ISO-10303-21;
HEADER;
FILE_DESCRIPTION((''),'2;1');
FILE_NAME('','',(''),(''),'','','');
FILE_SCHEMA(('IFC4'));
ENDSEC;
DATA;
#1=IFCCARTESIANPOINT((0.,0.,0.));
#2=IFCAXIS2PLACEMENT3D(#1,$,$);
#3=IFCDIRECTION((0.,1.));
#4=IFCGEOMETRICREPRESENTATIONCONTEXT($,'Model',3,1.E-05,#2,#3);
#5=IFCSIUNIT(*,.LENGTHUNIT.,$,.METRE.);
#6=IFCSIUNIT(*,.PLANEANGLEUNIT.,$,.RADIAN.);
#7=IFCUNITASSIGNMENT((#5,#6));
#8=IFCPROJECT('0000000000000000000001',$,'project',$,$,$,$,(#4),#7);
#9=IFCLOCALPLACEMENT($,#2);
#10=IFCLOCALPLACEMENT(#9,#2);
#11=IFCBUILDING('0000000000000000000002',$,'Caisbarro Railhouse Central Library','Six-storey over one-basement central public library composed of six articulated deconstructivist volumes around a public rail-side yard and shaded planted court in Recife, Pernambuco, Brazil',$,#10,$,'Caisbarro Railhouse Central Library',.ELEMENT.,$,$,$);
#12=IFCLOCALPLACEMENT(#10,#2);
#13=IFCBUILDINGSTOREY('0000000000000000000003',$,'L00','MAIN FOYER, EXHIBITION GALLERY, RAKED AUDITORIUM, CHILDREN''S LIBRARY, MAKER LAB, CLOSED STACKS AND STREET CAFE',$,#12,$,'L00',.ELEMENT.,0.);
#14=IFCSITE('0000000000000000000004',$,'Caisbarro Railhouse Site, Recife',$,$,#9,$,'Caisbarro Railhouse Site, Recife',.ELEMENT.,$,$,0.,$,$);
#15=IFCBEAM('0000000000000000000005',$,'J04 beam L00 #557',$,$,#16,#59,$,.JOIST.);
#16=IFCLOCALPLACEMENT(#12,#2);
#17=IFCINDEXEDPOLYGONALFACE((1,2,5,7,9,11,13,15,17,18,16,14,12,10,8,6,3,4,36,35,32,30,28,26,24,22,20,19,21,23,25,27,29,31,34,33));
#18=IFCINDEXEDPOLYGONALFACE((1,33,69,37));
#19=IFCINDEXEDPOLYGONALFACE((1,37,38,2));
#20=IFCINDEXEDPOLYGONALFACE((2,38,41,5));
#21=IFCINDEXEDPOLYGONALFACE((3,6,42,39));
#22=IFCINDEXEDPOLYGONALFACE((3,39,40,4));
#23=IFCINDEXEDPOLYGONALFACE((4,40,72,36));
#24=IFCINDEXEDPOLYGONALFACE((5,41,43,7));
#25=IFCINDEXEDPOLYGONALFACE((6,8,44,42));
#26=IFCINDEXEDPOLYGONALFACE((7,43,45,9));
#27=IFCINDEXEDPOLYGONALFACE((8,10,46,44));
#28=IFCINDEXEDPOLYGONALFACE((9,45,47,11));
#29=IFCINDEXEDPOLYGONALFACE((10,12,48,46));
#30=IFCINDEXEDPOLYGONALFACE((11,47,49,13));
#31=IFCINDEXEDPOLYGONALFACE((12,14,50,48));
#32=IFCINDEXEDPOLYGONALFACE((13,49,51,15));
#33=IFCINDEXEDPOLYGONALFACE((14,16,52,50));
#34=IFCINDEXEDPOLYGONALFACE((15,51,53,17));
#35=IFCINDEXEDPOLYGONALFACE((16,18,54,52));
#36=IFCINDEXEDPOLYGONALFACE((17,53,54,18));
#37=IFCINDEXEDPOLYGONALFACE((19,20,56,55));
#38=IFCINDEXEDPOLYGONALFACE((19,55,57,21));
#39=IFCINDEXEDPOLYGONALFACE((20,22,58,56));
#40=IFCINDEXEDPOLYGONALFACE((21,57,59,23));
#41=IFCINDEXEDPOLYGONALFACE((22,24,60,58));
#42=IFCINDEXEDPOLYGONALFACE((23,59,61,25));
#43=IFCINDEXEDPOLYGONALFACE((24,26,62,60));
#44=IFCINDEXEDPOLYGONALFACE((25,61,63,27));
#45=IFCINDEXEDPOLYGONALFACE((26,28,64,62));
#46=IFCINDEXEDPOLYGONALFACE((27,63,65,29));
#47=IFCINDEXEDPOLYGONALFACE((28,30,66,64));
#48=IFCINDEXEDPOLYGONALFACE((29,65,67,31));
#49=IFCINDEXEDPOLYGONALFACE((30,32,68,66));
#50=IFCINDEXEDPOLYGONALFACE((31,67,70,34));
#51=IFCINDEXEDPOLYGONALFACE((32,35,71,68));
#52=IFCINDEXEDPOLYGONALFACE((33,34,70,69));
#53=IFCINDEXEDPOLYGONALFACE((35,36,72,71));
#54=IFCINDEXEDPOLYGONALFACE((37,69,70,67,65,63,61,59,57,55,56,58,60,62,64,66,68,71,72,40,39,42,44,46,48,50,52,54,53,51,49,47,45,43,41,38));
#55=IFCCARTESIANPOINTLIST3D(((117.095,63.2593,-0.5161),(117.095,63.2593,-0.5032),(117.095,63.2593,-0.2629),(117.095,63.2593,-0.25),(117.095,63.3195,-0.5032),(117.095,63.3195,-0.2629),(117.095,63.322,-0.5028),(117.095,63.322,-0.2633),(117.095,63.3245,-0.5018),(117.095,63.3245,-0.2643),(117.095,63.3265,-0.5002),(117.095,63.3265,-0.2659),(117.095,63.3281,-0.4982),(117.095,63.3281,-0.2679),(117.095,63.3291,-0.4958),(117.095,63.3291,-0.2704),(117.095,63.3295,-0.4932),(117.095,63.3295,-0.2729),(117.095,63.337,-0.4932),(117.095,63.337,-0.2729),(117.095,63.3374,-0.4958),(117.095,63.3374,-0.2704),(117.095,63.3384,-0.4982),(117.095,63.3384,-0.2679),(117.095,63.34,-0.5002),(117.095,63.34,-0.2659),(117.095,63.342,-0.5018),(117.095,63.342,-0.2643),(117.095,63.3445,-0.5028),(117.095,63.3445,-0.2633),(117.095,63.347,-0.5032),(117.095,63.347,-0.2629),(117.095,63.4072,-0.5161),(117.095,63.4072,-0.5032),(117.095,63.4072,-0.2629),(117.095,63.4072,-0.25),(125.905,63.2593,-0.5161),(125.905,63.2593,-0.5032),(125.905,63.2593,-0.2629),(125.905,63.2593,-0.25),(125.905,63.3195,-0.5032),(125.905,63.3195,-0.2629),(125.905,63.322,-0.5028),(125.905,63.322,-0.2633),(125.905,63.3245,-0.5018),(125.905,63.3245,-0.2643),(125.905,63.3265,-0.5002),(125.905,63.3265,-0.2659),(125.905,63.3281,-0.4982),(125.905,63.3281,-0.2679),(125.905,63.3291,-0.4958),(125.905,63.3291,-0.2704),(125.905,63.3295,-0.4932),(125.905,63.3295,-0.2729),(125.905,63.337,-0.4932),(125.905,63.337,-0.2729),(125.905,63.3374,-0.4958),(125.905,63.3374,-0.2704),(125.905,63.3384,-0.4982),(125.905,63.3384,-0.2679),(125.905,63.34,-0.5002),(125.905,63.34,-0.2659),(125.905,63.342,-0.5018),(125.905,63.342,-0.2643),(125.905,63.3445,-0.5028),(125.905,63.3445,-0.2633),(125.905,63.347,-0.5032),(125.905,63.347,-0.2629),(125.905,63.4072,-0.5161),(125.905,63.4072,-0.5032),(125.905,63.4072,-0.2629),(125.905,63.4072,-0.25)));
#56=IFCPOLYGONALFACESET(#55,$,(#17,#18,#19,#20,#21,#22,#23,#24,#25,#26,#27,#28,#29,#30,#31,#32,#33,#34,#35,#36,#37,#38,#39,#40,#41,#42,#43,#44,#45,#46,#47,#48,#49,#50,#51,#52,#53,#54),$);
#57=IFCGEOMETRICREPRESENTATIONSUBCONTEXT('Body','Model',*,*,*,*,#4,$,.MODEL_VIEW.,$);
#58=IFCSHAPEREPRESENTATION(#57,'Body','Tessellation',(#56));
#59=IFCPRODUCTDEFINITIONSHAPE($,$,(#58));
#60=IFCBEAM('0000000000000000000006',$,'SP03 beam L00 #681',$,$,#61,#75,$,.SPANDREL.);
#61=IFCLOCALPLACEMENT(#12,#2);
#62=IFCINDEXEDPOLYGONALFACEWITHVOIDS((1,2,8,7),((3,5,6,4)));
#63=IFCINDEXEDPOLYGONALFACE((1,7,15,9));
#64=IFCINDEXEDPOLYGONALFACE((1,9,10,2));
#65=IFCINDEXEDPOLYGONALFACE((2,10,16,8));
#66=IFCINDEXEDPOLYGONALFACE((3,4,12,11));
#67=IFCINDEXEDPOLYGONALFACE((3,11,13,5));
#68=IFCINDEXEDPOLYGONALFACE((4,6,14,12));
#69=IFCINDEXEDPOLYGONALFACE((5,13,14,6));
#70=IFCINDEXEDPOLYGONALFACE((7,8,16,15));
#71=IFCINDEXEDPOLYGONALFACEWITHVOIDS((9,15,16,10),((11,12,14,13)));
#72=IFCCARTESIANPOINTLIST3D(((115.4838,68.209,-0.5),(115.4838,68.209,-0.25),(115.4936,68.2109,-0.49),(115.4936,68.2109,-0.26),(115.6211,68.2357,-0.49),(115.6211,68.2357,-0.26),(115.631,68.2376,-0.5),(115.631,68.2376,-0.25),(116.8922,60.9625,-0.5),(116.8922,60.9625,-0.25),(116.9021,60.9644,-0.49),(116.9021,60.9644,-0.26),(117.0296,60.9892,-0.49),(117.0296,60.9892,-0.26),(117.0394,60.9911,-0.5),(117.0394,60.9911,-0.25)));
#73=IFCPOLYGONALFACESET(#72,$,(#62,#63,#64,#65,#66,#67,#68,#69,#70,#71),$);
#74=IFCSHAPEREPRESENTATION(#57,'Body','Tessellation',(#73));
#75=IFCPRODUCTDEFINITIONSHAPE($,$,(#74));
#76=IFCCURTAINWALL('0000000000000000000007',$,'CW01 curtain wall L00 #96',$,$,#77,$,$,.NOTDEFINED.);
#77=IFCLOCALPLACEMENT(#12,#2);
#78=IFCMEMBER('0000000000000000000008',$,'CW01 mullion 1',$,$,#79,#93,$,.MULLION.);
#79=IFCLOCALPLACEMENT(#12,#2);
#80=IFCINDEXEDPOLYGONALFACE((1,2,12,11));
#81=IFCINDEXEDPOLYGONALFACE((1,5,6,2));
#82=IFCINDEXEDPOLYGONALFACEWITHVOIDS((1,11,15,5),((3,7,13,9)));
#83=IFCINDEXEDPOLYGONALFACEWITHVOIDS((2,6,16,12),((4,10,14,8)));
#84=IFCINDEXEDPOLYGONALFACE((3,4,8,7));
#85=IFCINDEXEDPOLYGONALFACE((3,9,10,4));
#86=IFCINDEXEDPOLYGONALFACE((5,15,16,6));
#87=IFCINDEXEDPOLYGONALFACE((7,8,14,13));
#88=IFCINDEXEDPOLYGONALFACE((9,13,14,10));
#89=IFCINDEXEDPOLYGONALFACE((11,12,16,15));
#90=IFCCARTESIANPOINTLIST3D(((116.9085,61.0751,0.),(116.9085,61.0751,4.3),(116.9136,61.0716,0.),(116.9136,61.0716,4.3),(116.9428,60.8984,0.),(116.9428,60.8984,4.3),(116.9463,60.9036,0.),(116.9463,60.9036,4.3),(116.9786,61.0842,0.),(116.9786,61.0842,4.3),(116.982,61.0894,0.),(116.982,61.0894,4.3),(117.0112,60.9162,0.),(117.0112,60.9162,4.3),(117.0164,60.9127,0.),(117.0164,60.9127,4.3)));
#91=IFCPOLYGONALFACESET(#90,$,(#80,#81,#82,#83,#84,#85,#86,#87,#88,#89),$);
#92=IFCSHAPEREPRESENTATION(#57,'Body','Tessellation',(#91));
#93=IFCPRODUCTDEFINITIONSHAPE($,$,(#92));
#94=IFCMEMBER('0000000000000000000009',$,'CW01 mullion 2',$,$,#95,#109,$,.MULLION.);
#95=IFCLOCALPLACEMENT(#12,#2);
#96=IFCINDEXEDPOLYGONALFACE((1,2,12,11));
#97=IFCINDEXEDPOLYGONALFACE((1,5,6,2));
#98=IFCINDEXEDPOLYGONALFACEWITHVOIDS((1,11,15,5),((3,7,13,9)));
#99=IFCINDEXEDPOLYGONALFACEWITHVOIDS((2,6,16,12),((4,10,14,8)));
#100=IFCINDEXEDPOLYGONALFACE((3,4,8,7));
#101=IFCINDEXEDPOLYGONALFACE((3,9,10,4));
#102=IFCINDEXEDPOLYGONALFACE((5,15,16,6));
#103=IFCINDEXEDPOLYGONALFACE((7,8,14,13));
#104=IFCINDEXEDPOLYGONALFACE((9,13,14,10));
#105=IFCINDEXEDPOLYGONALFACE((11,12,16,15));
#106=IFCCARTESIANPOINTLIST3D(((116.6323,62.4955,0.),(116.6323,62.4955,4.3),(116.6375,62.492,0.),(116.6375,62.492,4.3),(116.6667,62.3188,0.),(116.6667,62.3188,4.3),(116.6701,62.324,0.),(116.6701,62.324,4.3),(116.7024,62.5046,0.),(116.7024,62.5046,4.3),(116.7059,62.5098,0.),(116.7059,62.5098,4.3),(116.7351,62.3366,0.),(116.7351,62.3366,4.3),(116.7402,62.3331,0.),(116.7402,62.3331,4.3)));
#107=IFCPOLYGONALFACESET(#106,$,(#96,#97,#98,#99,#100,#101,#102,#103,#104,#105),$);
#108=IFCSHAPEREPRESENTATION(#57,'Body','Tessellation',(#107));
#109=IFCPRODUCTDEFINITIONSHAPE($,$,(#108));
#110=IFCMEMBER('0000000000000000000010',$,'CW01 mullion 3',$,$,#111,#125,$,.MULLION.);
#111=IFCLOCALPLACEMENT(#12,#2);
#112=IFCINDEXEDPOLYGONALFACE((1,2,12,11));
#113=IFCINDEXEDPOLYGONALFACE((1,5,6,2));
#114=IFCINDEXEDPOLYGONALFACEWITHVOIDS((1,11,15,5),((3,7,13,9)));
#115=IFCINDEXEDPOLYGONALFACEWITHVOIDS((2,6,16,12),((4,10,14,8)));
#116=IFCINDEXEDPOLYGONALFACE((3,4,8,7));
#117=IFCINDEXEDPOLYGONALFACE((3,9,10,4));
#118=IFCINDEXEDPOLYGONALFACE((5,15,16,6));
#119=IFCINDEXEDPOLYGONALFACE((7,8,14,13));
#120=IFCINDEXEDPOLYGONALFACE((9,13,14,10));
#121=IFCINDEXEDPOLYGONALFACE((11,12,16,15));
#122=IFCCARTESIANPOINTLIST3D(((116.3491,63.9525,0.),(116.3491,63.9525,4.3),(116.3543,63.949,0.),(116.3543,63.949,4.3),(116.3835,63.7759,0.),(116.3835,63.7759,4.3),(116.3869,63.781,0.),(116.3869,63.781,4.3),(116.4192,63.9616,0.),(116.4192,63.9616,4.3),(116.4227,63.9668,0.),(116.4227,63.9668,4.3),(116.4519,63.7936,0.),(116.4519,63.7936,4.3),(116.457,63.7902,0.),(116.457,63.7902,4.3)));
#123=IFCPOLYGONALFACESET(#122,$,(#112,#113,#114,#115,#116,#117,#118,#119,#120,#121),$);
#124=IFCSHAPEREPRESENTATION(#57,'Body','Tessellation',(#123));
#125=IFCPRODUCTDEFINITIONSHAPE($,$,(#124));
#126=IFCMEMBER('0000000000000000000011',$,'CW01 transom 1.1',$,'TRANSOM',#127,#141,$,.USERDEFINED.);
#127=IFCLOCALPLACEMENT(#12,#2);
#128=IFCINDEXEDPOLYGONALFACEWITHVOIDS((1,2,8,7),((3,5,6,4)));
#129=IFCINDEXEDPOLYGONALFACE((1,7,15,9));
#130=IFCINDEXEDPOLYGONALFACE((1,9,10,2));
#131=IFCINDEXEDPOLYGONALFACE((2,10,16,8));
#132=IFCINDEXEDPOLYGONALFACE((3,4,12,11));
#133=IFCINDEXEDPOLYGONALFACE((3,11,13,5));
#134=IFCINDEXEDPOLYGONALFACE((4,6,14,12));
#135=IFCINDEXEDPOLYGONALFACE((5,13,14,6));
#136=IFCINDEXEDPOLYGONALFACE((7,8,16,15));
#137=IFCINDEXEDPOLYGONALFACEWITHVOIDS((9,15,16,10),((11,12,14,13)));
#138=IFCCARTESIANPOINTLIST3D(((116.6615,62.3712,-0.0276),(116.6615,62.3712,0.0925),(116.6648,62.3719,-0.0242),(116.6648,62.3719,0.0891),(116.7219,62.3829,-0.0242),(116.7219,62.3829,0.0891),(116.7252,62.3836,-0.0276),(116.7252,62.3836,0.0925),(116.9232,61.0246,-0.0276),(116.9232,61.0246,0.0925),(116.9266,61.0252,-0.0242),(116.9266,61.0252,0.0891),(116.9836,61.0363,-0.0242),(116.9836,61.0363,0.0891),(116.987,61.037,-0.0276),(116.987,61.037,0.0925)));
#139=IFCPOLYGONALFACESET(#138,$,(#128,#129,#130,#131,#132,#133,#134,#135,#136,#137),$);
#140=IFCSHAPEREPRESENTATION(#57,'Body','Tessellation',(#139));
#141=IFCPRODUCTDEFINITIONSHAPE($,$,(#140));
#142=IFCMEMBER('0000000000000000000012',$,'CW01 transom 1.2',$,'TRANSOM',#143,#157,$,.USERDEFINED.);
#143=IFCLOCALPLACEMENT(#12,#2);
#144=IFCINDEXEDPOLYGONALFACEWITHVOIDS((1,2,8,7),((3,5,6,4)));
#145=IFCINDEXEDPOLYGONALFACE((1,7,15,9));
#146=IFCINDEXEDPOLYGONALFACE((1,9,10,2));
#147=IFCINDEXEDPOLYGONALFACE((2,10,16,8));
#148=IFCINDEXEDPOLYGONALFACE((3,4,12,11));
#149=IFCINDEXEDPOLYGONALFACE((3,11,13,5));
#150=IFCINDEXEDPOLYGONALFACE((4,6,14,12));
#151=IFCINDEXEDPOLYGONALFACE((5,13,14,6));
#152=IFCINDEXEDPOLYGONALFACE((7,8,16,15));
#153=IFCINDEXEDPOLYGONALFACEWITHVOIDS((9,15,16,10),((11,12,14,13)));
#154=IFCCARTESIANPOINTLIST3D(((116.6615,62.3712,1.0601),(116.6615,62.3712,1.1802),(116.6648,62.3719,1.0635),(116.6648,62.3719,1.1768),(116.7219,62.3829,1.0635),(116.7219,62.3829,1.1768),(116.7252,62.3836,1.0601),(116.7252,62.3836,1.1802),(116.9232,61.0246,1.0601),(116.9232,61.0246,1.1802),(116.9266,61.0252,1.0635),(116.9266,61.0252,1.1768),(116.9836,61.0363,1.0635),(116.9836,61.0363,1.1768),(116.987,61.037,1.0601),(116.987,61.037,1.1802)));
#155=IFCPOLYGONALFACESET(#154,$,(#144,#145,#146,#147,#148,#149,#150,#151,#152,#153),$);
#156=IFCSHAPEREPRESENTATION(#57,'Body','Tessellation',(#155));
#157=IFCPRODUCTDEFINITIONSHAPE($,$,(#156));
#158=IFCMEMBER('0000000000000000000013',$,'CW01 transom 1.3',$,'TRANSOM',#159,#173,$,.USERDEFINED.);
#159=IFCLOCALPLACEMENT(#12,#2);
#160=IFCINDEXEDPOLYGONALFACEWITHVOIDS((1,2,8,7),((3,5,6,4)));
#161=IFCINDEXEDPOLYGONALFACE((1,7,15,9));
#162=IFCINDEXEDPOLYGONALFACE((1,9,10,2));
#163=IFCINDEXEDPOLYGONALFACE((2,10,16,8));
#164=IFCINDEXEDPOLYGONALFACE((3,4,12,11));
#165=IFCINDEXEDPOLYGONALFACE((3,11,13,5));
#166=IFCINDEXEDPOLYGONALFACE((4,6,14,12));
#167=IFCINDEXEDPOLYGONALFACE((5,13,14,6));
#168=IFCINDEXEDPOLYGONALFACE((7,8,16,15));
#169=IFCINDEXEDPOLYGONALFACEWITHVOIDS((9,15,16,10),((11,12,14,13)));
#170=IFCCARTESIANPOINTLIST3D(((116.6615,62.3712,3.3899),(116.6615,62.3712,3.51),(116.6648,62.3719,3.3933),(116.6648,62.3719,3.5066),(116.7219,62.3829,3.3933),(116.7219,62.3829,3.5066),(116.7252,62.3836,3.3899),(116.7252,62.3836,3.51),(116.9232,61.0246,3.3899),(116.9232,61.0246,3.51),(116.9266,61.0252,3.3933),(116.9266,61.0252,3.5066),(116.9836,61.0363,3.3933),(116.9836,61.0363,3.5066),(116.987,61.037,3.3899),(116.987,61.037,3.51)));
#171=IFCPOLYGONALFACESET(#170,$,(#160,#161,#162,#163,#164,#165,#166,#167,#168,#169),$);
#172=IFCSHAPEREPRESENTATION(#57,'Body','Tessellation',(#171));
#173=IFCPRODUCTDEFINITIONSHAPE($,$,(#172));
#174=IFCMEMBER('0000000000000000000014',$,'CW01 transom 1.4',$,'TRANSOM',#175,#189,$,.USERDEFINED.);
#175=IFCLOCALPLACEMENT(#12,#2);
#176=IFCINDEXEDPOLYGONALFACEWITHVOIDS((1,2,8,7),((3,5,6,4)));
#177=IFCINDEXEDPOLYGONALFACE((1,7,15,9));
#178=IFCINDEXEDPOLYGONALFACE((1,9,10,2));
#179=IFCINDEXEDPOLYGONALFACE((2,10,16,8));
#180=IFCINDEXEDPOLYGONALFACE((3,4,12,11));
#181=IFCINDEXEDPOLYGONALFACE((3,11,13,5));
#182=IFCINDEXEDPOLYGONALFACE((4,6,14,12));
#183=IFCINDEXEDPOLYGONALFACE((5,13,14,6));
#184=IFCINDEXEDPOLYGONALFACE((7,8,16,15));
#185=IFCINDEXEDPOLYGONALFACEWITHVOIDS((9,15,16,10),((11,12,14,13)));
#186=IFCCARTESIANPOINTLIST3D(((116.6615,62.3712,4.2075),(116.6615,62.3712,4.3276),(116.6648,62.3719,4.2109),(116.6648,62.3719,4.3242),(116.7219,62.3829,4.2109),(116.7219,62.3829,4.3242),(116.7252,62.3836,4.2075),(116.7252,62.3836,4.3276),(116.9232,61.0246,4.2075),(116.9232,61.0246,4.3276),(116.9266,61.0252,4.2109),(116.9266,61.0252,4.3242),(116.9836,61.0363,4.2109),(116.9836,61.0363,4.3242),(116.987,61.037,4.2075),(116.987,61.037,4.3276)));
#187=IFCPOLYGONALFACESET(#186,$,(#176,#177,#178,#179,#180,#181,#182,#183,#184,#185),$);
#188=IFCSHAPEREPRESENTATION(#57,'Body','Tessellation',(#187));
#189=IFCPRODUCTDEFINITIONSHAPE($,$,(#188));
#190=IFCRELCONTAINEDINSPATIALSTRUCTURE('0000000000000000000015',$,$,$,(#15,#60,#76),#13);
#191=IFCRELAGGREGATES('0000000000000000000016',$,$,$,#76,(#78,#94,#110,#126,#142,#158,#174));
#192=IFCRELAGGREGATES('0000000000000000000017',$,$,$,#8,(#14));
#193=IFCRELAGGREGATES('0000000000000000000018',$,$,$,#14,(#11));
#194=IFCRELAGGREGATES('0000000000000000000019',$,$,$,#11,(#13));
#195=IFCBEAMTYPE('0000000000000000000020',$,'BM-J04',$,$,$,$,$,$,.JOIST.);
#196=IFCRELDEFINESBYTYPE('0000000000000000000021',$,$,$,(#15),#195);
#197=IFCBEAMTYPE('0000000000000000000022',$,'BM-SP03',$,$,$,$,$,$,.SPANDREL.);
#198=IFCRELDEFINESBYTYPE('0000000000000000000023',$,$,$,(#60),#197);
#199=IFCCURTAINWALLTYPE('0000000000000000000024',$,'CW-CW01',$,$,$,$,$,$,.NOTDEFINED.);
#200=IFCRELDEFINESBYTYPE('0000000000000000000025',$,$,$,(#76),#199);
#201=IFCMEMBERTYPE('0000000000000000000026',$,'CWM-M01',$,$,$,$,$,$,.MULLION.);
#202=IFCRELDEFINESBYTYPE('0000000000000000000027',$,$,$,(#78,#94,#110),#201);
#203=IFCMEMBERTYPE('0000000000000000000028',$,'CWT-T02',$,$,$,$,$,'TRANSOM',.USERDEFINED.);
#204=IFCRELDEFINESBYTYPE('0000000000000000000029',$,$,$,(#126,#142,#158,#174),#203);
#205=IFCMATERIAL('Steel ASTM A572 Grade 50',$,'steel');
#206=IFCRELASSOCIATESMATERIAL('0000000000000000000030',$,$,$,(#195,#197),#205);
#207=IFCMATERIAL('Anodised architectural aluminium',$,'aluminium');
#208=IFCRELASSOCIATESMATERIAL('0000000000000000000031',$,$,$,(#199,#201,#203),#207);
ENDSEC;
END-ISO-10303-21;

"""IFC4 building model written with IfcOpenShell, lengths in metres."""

from ifc_helpers import new_model, si_unit, direction, frame, origin, origin_2d, place, context, subcontext, project, spatial, hollow_rectangle, i_section, extrude, material, material_profile, profile_set, type_object, element, aggregate, save


model = new_model("IFC4")

# Units and contexts
model_context = context("Model", 3, precision=1e-05, world=origin(), true_north=direction((0.0, 1.0)))
body_context = subcontext(model_context, "Body", "Model", "MODEL_VIEW")
ifc_project = project(units=[si_unit("LENGTHUNIT", "METRE"), si_unit("PLANEANGLEUNIT", "RADIAN")], contexts=[model_context])

# Site, building, storey
site_placement = place(None, origin())
site = spatial("IfcSite", under=ifc_project, at=site_placement, Name="Caisbarro Railhouse Site, Recife", LongName="Caisbarro Railhouse Site, Recife", CompositionType="ELEMENT", RefElevation=0.0)
building_placement = place(site_placement, origin())
building = spatial("IfcBuilding", under=site, at=building_placement, Name="Caisbarro Railhouse Central Library", Description="Six-storey over one-basement central public library composed of six articulated deconstructivist volumes around a public rail-side yard and shaded planted court in Recife, Pernambuco, Brazil", LongName="Caisbarro Railhouse Central Library", CompositionType="ELEMENT")
storey_placement = place(building_placement, origin())
storey = spatial("IfcBuildingStorey", under=building, at=storey_placement, Name="L00", Description="MAIN FOYER, EXHIBITION GALLERY, RAKED AUDITORIUM, CHILDREN'S LIBRARY, MAKER LAB, CLOSED STACKS AND STREET CAFE", LongName="L00", CompositionType="ELEMENT", Elevation=0.0)

# Beams
ifc_material_1 = material(Name="Steel ASTM A572 Grade 50", Category="steel")
ifc_material_profile_1 = material_profile(ifc_material_1, i_section(OverallWidth=0.1479, OverallDepth=0.2661, WebThickness=0.0076, FlangeThickness=0.0129, FilletRadius=0.01, at=origin_2d()), Name="W250X44.8")
ifc_profile_set_1 = profile_set([ifc_material_profile_1], Name="Steel ASTM A572 Grade 50")
beam_type_1 = type_object("IfcBeamType", Name="BM-J04", PredefinedType="JOIST", material=ifc_profile_set_1)
beam_1_placement = place(storey_placement, frame((117.095, 63.3333, -0.3831), z_axis=(1.0, 0.0, 0.0), x_axis=(0.0, 1.0, 0.0)))
element("IfcBeam", 1, at=beam_1_placement, inside=storey, type_object=beam_type_1, Name="J04 beam L00 #557", PredefinedType="JOIST", context=body_context, shape_type="SweptSolid", body=[
    extrude(i_section(OverallWidth=0.1479, OverallDepth=0.2661, WebThickness=0.0076, FlangeThickness=0.0129, FilletRadius=0.01, at=origin_2d()), origin(), (0.0, 0.0, 1.0), 8.8101),
])
ifc_material_profile_2 = material_profile(ifc_material_1, hollow_rectangle(XDim=0.1499, YDim=0.25, WallThickness=0.01, at=origin_2d()), Name="HSS250X150X10")
ifc_profile_set_2 = profile_set([ifc_material_profile_2], Name="Steel ASTM A572 Grade 50")
beam_type_2 = type_object("IfcBeamType", Name="BM-SP03", PredefinedType="SPANDREL", material=ifc_profile_set_2)
beam_2_placement = place(storey_placement, frame((116.9658, 60.9768, -0.375), z_axis=(-0.19079, 0.981631, 0.0), x_axis=(-0.981631, -0.19079, 0.0)))
element("IfcBeam", 2, at=beam_2_placement, inside=storey, type_object=beam_type_2, Name="SP03 beam L00 #681", PredefinedType="SPANDREL", context=body_context, shape_type="SweptSolid", body=[
    extrude(hollow_rectangle(XDim=0.1499, YDim=0.25, WallThickness=0.01, at=origin_2d()), origin(), (0.0, 0.0, 1.0), 7.3821),
])

# Curtain wall, members
ifc_material_2 = material(Name="Anodised architectural aluminium", Category="aluminium")
curtain_wall_type = type_object("IfcCurtainWallType", Name="CW-CW01", PredefinedType="NOTDEFINED", material=ifc_material_2)
curtain_wall_placement = place(storey_placement, origin())
curtain_wall = element("IfcCurtainWall", 3, at=curtain_wall_placement, inside=storey, type_object=curtain_wall_type, Name="CW01 curtain wall L00 #96", PredefinedType="NOTDEFINED")
ifc_material_profile_3 = material_profile(ifc_material_2, hollow_rectangle(XDim=0.075, YDim=0.1799, WallThickness=0.0044, at=origin_2d()), Name="ALU-MUL-75X180")
ifc_profile_set_3 = profile_set([ifc_material_profile_3], Name="Anodised architectural aluminium")
member_type_1 = type_object("IfcMemberType", Name="CWM-M01", PredefinedType="MULLION", material=ifc_profile_set_3)
member_1_placement = place(storey_placement, frame((116.9624, 60.9939, 0.0), z_axis=(0.0, 0.0, 1.0), x_axis=(-0.981633, -0.190781, 0.0)))
member_1 = element("IfcMember", 4, at=member_1_placement, type_object=member_type_1, Name="CW01 mullion 1", PredefinedType="MULLION", context=body_context, shape_type="SweptSolid", body=[
    extrude(hollow_rectangle(XDim=0.075, YDim=0.1799, WallThickness=0.0044, at=origin_2d()), origin(), (0.0, 0.0, 1.0), 4.3),
])
member_2_placement = place(storey_placement, frame((116.6863, 62.4143, 0.0), z_axis=(0.0, 0.0, 1.0), x_axis=(-0.981633, -0.190781, 0.0)))
member_2 = element("IfcMember", 5, at=member_2_placement, type_object=member_type_1, Name="CW01 mullion 2", PredefinedType="MULLION", context=body_context, shape_type="SweptSolid", body=[
    extrude(hollow_rectangle(XDim=0.075, YDim=0.1799, WallThickness=0.0044, at=origin_2d()), origin(), (0.0, 0.0, 1.0), 4.3),
])
member_3_placement = place(storey_placement, frame((116.4031, 63.8713, 0.0), z_axis=(0.0, 0.0, 1.0), x_axis=(-0.981633, -0.190781, 0.0)))
member_3 = element("IfcMember", 6, at=member_3_placement, type_object=member_type_1, Name="CW01 mullion 3", PredefinedType="MULLION", context=body_context, shape_type="SweptSolid", body=[
    extrude(hollow_rectangle(XDim=0.075, YDim=0.1799, WallThickness=0.0044, at=origin_2d()), origin(), (0.0, 0.0, 1.0), 4.3),
])
ifc_material_profile_4 = material_profile(ifc_material_2, hollow_rectangle(XDim=0.0649, YDim=0.1201, WallThickness=0.0034, at=origin_2d()), Name="ALU-TRN-65X120")
ifc_profile_set_4 = profile_set([ifc_material_profile_4], Name="Anodised architectural aluminium")
member_type_2 = type_object("IfcMemberType", Name="CWT-T02", ElementType="TRANSOM", PredefinedType="USERDEFINED", material=ifc_profile_set_4)
member_4_placement = place(storey_placement, frame((116.9551, 61.0308, 0.0325), z_axis=(-0.190774, 0.981634, 0.0), x_axis=(-0.981634, -0.190774, 0.0)))
member_4 = element("IfcMember", 7, at=member_4_placement, type_object=member_type_2, Name="CW01 transom 1.1", ObjectType="TRANSOM", PredefinedType="USERDEFINED", context=body_context, shape_type="SweptSolid", body=[
    extrude(hollow_rectangle(XDim=0.0649, YDim=0.1201, WallThickness=0.0034, at=origin_2d()), origin(), (0.0, 0.0, 1.0), 1.3718),
])
member_5_placement = place(storey_placement, frame((116.9551, 61.0308, 1.1201), z_axis=(-0.190774, 0.981634, 0.0), x_axis=(-0.981634, -0.190774, 0.0)))
member_5 = element("IfcMember", 8, at=member_5_placement, type_object=member_type_2, Name="CW01 transom 1.2", ObjectType="TRANSOM", PredefinedType="USERDEFINED", context=body_context, shape_type="SweptSolid", body=[
    extrude(hollow_rectangle(XDim=0.0649, YDim=0.1201, WallThickness=0.0034, at=origin_2d()), origin(), (0.0, 0.0, 1.0), 1.3718),
])
member_6_placement = place(storey_placement, frame((116.9551, 61.0308, 3.45), z_axis=(-0.190774, 0.981634, 0.0), x_axis=(-0.981634, -0.190774, 0.0)))
member_6 = element("IfcMember", 9, at=member_6_placement, type_object=member_type_2, Name="CW01 transom 1.3", ObjectType="TRANSOM", PredefinedType="USERDEFINED", context=body_context, shape_type="SweptSolid", body=[
    extrude(hollow_rectangle(XDim=0.0649, YDim=0.1201, WallThickness=0.0034, at=origin_2d()), origin(), (0.0, 0.0, 1.0), 1.3718),
])
member_7_placement = place(storey_placement, frame((116.9551, 61.0308, 4.2676), z_axis=(-0.190774, 0.981634, 0.0), x_axis=(-0.981634, -0.190774, 0.0)))
member_7 = element("IfcMember", 10, at=member_7_placement, type_object=member_type_2, Name="CW01 transom 1.4", ObjectType="TRANSOM", PredefinedType="USERDEFINED", context=body_context, shape_type="SweptSolid", body=[
    extrude(hollow_rectangle(XDim=0.0649, YDim=0.1201, WallThickness=0.0034, at=origin_2d()), origin(), (0.0, 0.0, 1.0), 1.3718),
])
aggregate(curtain_wall, [member_1, member_2, member_3, member_4, member_5, member_6, member_7])

save(model, "model.ifc")
